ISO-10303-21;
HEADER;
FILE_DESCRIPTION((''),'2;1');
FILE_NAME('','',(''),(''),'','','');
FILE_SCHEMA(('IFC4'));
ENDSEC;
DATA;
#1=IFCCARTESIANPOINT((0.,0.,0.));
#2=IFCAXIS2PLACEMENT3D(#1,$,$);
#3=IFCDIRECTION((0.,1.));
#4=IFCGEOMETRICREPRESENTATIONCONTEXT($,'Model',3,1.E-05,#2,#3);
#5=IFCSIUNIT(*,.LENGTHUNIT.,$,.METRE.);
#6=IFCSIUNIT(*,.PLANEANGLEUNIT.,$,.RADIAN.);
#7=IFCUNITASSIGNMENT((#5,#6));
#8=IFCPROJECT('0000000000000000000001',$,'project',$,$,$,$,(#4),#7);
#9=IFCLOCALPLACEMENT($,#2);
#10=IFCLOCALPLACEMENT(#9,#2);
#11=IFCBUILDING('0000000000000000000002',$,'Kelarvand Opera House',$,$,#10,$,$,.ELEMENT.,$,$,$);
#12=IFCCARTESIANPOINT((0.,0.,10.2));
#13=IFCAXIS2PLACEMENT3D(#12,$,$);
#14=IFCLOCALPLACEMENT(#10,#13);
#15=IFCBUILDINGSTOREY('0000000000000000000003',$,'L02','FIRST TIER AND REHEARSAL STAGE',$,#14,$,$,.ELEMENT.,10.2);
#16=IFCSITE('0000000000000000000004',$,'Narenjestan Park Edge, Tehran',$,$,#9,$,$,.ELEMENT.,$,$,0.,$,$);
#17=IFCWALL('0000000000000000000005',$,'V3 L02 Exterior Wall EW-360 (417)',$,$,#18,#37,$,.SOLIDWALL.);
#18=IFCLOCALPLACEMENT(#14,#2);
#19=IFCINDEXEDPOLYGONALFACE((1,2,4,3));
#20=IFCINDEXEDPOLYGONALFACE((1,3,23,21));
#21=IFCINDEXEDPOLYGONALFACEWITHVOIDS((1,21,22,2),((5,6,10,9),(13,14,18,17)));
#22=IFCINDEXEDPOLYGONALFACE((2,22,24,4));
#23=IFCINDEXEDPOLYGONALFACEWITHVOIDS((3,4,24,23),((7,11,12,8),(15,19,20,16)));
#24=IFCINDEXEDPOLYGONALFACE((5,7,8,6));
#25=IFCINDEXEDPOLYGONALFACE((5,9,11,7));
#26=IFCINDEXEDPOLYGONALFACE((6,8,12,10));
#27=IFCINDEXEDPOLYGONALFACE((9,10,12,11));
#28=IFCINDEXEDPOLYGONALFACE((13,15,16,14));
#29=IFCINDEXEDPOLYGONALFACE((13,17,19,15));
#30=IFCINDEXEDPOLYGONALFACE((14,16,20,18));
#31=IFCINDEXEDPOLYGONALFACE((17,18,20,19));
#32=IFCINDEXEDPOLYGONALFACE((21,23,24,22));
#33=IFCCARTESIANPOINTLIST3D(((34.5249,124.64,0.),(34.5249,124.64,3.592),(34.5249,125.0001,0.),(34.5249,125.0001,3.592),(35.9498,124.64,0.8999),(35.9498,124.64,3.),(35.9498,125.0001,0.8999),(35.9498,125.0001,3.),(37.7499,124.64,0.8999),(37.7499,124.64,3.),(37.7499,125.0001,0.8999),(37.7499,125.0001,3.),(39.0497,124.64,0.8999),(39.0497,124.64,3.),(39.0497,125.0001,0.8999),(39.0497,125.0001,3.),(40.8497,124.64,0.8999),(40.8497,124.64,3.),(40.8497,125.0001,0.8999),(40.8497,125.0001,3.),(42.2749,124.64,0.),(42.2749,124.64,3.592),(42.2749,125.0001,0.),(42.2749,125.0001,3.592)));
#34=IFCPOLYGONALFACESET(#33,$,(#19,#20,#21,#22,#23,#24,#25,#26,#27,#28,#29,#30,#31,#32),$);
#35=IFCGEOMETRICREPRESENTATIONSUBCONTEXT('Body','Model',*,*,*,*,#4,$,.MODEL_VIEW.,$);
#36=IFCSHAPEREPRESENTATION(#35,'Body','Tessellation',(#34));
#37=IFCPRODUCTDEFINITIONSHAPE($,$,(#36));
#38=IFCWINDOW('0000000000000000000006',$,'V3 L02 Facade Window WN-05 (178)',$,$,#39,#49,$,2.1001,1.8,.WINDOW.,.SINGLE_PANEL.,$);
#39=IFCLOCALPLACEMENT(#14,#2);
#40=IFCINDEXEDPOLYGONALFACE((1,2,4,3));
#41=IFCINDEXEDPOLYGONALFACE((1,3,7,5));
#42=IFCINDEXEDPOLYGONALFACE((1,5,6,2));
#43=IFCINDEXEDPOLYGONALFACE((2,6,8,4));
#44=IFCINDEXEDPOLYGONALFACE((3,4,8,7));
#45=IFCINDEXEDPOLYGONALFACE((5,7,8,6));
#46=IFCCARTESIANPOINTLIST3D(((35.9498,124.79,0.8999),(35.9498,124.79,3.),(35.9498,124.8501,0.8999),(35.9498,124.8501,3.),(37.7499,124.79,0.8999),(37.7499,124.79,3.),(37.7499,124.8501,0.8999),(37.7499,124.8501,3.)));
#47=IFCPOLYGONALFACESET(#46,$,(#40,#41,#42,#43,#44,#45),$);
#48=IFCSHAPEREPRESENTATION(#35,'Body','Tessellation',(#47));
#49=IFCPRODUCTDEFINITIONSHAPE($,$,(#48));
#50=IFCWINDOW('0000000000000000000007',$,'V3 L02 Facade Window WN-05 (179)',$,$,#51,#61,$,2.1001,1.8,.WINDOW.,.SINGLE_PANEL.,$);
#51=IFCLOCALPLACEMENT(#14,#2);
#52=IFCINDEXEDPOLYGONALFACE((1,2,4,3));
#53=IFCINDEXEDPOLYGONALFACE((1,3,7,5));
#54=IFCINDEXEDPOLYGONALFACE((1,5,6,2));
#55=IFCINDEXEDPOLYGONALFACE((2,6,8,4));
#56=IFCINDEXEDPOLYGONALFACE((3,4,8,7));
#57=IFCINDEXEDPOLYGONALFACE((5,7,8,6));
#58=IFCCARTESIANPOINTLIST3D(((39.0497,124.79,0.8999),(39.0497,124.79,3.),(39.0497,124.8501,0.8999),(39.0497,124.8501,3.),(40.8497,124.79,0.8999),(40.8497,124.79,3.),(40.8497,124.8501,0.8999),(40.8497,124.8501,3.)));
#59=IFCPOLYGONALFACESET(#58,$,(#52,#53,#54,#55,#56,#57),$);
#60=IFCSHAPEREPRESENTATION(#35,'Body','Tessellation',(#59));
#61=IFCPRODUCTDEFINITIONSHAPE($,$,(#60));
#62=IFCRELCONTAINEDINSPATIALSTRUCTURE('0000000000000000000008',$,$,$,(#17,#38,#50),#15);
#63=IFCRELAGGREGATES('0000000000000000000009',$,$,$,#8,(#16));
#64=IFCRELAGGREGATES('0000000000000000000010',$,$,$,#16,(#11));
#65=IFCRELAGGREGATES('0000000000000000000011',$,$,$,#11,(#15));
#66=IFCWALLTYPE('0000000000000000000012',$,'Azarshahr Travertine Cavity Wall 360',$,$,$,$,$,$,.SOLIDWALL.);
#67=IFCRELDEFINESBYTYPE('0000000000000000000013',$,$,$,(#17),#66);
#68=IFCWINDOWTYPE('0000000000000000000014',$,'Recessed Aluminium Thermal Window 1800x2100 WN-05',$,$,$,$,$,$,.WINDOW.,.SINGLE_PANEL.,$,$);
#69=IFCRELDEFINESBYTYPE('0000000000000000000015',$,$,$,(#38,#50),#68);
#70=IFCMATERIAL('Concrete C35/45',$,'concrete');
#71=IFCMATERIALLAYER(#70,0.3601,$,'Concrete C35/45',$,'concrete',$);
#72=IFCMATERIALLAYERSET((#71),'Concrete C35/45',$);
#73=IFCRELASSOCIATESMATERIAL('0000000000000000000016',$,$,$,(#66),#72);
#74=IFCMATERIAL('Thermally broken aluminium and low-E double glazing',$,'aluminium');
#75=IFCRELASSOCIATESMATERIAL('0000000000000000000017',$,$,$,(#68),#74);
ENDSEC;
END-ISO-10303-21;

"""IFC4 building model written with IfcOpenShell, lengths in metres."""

from ifc_helpers import new_model, si_unit, direction, frame, frame_2d, origin, place, context, subcontext, project, spatial, rectangle, extrude, material, layer, layer_set, type_object, element, fill, save


model = new_model("IFC4")

# Units and contexts
model_context = context("Model", 3, precision=1e-05, world=origin(), true_north=direction((0.0, 1.0)))
body_context = subcontext(model_context, "Body", "Model", "MODEL_VIEW")
ifc_project = project(units=[si_unit("LENGTHUNIT", "METRE"), si_unit("PLANEANGLEUNIT", "RADIAN")], contexts=[model_context])

# Site, building, storey
site_placement = place(None, origin())
site = spatial("IfcSite", under=ifc_project, at=site_placement, Name="Narenjestan Park Edge, Tehran", CompositionType="ELEMENT", RefElevation=0.0)
building_placement = place(site_placement, origin())
building = spatial("IfcBuilding", under=site, at=building_placement, Name="Kelarvand Opera House", CompositionType="ELEMENT")
storey_placement = place(building_placement, frame((0.0, 0.0, 10.2)))
storey = spatial("IfcBuildingStorey", under=building, at=storey_placement, Name="L02", Description="FIRST TIER AND REHEARSAL STAGE", CompositionType="ELEMENT", Elevation=10.2)

# Shared definitions
ifc_material_1 = material(Name="Concrete C35/45", Category="concrete")

# Wall, openings, windows
ifc_layer_1 = layer(ifc_material_1, 0.3601, Name="Concrete C35/45", Category="concrete")
ifc_layer_set_1 = layer_set([ifc_layer_1], Name="Concrete C35/45")
wall_type = type_object("IfcWallType", Name="Azarshahr Travertine Cavity Wall 360", PredefinedType="SOLIDWALL", material=ifc_layer_set_1)
wall_placement = place(storey_placement, frame((34.5249, 124.8201, 0.0), z_axis=(0.0, 0.0, 1.0), x_axis=(1.0, 0.0, 0.0)))
wall = element("IfcWall", 1, at=wall_placement, inside=storey, type_object=wall_type, Name="V3 L02 Exterior Wall EW-360 (417)", PredefinedType="SOLIDWALL", context=body_context, shape_type="SweptSolid", body=[
    extrude(rectangle(XDim=7.75, YDim=0.3601, at=frame_2d((3.875, 0.0))), origin(), (0.0, 0.0, 1.0), 3.592),
])
opening_1_placement = place(wall_placement, frame((1.425, 0.0, 0.8999)))
opening_1 = element("IfcOpeningElement", 2, at=opening_1_placement, cuts=wall, PredefinedType="OPENING", context=body_context, shape_type="SweptSolid", body=[
    extrude(rectangle(XDim=1.8, YDim=2.1001, at=frame_2d((0.8999, 1.05))), frame((0.0, 0.1899, 0.0), z_axis=(0.0, -1.0, 0.0), x_axis=(1.0, 0.0, 0.0)), (0.0, 0.0, 1.0), 0.3801),
])
opening_2_placement = place(wall_placement, frame((4.5249, 0.0, 0.8999)))
opening_2 = element("IfcOpeningElement", 3, at=opening_2_placement, cuts=wall, PredefinedType="OPENING", context=body_context, shape_type="SweptSolid", body=[
    extrude(rectangle(XDim=1.8, YDim=2.1001, at=frame_2d((0.8999, 1.05))), frame((0.0, 0.1899, 0.0), z_axis=(0.0, -1.0, 0.0), x_axis=(1.0, 0.0, 0.0)), (0.0, 0.0, 1.0), 0.3801),
])
ifc_material_2 = material(Name="Thermally broken aluminium and low-E double glazing", Category="aluminium")
window_type = type_object("IfcWindowType", Name="Recessed Aluminium Thermal Window 1800x2100 WN-05", PartitioningType="SINGLE_PANEL", PredefinedType="WINDOW", material=ifc_material_2)
window_1_placement = place(opening_1_placement, origin())
window_1 = element("IfcWindow", 4, at=window_1_placement, inside=storey, type_object=window_type, Name="V3 L02 Facade Window WN-05 (178)", OverallHeight=2.1001, OverallWidth=1.8, PartitioningType="SINGLE_PANEL", PredefinedType="WINDOW", context=body_context, shape_type="SweptSolid", body=[
    extrude(rectangle(XDim=1.8, YDim=2.1001, at=frame_2d((0.8999, 1.05))), frame((0.0, 0.03, 0.0), z_axis=(0.0, -1.0, 0.0), x_axis=(1.0, 0.0, 0.0)), (0.0, 0.0, 1.0), 0.0601),
])
fill(opening_1, window_1)
window_2_placement = place(opening_2_placement, origin())
window_2 = element("IfcWindow", 5, at=window_2_placement, inside=storey, type_object=window_type, Name="V3 L02 Facade Window WN-05 (179)", OverallHeight=2.1001, OverallWidth=1.8, PartitioningType="SINGLE_PANEL", PredefinedType="WINDOW", context=body_context, shape_type="SweptSolid", body=[
    extrude(rectangle(XDim=1.8, YDim=2.1001, at=frame_2d((0.8999, 1.05))), frame((0.0, 0.03, 0.0), z_axis=(0.0, -1.0, 0.0), x_axis=(1.0, 0.0, 0.0)), (0.0, 0.0, 1.0), 0.0601),
])
fill(opening_2, window_2)

save(model, "model.ifc")
